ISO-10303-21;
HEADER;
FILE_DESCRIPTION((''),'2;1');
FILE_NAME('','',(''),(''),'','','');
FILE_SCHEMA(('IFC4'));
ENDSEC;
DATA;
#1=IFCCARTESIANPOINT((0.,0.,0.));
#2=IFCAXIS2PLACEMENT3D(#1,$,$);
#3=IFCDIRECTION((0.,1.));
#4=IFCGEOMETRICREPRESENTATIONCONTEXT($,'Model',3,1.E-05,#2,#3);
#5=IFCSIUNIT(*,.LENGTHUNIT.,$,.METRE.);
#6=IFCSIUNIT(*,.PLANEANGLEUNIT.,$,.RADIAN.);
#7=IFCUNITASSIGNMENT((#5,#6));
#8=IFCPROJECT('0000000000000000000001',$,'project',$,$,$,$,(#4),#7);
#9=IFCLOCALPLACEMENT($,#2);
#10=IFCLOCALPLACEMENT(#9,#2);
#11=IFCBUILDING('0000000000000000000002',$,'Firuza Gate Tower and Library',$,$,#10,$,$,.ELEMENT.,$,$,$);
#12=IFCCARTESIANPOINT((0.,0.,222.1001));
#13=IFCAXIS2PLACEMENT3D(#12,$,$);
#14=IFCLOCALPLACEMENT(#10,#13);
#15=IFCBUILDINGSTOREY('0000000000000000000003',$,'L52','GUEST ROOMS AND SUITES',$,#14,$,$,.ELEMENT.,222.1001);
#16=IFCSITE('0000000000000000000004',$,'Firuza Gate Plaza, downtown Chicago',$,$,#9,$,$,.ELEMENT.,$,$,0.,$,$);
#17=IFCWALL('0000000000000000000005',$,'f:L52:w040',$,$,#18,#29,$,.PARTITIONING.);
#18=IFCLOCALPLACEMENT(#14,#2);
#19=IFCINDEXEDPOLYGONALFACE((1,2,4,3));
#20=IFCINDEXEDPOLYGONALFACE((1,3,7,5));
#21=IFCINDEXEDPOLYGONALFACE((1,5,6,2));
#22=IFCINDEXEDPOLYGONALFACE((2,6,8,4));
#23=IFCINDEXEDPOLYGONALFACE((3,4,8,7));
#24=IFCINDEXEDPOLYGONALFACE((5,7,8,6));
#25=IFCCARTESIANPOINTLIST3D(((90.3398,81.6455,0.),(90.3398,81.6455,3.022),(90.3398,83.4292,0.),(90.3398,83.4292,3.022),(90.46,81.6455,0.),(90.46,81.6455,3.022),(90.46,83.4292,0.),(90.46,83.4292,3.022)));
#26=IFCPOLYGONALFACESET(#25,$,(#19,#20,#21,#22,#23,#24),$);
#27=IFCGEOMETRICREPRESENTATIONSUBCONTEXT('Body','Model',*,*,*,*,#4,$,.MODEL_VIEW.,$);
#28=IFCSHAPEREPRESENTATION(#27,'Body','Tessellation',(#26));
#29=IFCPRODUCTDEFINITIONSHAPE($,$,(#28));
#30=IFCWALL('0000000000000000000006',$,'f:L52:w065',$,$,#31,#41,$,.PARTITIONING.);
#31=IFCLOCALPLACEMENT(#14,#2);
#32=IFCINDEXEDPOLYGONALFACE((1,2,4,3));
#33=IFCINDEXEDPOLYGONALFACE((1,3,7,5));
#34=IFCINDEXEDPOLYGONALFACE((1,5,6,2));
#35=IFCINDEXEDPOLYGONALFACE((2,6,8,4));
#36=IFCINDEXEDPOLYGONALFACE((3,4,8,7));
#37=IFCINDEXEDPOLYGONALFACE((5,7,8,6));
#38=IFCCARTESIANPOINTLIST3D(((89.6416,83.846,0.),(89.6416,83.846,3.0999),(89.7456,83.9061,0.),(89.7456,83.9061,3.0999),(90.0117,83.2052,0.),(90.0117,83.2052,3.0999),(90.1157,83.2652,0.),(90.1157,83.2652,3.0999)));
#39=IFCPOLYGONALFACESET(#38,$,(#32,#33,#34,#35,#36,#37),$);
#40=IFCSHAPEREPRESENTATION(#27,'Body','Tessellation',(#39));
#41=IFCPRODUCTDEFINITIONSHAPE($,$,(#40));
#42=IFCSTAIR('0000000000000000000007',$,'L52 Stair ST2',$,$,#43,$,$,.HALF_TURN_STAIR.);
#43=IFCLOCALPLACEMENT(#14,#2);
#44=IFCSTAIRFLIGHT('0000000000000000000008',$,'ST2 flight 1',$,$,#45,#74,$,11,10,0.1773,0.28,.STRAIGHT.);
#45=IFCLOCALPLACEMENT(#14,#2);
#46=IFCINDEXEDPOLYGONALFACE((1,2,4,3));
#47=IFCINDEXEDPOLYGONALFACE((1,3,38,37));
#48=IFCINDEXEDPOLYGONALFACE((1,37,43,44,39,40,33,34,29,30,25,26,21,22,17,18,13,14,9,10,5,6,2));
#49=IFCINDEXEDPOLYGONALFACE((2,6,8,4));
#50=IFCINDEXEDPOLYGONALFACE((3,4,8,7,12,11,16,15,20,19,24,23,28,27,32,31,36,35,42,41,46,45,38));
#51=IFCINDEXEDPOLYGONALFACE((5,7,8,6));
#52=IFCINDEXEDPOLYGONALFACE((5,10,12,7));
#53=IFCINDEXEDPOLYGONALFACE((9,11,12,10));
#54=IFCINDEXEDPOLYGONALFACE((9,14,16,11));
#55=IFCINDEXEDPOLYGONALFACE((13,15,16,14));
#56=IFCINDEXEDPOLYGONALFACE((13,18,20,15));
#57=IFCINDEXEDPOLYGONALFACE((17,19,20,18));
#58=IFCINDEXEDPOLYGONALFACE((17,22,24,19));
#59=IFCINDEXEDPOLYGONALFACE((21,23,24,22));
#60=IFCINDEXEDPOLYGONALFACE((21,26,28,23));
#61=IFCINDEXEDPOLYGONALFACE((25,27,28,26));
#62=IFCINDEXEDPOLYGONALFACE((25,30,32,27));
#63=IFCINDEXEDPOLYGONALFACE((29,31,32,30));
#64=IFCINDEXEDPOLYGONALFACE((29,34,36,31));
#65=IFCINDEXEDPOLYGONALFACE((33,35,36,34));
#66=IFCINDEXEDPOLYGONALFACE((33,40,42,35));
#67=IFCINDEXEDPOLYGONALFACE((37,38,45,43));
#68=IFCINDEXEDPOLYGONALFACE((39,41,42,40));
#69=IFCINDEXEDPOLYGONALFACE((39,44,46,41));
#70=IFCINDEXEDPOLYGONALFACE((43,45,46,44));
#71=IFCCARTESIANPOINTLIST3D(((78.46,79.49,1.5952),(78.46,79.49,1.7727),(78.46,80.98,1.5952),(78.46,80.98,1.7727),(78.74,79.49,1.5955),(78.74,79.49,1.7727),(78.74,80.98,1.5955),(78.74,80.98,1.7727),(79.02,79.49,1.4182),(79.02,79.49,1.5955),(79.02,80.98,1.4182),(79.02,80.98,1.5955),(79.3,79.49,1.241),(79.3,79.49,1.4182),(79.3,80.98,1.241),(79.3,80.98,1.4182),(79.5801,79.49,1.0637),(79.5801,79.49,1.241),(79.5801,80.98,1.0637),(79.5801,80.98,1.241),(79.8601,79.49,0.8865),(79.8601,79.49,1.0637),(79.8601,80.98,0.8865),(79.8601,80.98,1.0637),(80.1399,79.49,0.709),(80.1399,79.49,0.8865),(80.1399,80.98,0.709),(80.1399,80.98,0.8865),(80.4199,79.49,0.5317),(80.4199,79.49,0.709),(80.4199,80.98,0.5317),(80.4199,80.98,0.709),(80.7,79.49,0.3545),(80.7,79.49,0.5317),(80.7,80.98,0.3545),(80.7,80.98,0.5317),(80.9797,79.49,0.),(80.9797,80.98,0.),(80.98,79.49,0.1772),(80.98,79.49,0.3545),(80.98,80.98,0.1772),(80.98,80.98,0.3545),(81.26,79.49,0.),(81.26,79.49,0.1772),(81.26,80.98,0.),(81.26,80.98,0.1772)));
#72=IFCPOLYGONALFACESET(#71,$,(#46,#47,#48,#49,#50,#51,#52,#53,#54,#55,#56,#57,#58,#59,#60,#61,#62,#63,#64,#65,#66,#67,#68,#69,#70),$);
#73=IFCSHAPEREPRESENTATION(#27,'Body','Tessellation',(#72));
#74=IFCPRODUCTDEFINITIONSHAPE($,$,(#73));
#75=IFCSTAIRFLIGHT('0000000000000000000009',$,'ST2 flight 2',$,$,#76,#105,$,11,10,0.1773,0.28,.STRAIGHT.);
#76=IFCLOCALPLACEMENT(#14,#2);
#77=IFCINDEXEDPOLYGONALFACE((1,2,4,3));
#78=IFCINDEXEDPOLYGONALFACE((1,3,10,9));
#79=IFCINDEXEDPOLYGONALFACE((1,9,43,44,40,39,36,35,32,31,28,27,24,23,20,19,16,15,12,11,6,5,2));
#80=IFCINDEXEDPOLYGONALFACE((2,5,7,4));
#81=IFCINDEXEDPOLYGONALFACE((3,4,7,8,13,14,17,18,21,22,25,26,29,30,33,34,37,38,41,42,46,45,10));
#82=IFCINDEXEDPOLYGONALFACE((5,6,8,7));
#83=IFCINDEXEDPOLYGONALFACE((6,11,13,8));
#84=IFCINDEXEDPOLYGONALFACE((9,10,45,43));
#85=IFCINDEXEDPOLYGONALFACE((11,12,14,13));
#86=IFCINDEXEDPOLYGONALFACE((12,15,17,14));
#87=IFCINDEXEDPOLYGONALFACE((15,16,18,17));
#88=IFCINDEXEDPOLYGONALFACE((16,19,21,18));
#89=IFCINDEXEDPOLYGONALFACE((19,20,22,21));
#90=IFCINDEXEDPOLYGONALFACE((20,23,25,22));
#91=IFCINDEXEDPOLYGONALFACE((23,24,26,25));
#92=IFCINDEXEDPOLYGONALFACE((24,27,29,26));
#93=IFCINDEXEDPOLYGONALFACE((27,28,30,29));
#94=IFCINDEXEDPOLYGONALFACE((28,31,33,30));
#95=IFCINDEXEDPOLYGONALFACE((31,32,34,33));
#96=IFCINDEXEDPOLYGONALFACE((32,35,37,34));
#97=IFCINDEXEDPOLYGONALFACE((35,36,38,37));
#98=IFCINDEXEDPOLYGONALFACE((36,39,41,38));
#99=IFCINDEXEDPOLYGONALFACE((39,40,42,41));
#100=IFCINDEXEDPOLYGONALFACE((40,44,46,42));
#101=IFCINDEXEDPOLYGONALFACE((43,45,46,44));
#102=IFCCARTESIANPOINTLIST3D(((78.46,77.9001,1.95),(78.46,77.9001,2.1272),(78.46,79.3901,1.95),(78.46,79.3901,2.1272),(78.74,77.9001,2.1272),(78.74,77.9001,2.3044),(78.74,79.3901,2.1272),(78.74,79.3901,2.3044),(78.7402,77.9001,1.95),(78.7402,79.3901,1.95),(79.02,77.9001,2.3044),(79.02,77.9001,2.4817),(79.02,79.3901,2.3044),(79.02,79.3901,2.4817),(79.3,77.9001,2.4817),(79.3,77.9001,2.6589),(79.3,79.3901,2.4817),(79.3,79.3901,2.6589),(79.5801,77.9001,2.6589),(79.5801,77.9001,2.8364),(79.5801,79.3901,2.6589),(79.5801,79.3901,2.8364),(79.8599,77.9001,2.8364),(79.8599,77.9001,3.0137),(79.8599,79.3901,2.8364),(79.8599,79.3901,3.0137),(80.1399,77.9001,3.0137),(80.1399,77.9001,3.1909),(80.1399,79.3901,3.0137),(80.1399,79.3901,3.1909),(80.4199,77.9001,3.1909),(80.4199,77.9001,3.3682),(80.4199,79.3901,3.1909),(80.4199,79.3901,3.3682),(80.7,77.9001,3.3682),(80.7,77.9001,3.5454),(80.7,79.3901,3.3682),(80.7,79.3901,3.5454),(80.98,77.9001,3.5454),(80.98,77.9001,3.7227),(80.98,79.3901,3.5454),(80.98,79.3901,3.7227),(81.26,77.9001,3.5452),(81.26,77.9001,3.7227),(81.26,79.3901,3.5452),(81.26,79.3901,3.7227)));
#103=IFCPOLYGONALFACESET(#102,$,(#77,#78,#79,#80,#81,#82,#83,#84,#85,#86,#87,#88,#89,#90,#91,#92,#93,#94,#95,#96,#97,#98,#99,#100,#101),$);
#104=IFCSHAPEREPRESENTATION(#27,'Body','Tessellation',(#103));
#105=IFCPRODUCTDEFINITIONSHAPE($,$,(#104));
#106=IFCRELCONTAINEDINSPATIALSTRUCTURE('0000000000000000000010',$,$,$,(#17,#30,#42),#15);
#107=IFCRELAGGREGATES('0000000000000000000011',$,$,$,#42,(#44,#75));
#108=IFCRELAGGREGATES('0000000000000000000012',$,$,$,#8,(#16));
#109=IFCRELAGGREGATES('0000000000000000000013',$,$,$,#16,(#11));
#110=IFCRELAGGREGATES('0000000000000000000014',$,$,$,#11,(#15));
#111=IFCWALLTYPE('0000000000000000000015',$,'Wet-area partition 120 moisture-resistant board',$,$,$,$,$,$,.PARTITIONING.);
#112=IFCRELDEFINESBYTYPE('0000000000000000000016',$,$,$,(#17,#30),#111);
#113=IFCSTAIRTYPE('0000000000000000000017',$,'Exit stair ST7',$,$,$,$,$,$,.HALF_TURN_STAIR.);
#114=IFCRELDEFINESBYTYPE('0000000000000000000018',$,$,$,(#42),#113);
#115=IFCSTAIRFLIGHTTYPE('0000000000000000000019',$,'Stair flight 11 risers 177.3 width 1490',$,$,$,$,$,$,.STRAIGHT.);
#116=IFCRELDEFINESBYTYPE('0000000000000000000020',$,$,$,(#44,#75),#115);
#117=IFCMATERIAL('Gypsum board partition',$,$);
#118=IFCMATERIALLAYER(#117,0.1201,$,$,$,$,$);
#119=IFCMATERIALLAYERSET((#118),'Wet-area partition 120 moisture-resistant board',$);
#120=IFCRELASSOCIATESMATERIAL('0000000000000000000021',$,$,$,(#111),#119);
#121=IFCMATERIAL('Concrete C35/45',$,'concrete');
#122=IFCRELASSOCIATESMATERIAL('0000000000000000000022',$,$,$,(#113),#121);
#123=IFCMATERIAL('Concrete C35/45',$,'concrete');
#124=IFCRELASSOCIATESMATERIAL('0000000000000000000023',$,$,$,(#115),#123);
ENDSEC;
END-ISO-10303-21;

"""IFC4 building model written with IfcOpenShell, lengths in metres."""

from ifc_helpers import new_model, si_unit, direction, frame, frame_2d, origin, place, context, subcontext, project, spatial, polyline, rectangle, outline, extrude, material, layer, layer_set, type_object, element, aggregate, save


model = new_model("IFC4")

# Units and contexts
model_context = context("Model", 3, precision=1e-05, world=origin(), true_north=direction((0.0, 1.0)))
body_context = subcontext(model_context, "Body", "Model", "MODEL_VIEW")
ifc_project = project(units=[si_unit("LENGTHUNIT", "METRE"), si_unit("PLANEANGLEUNIT", "RADIAN")], contexts=[model_context])

# Site, building, storey
site_placement = place(None, origin())
site = spatial("IfcSite", under=ifc_project, at=site_placement, Name="Firuza Gate Plaza, downtown Chicago", CompositionType="ELEMENT", RefElevation=0.0)
building_placement = place(site_placement, origin())
building = spatial("IfcBuilding", under=site, at=building_placement, Name="Firuza Gate Tower and Library", CompositionType="ELEMENT")
storey_placement = place(building_placement, frame((0.0, 0.0, 222.1001)))
storey = spatial("IfcBuildingStorey", under=building, at=storey_placement, Name="L52", Description="GUEST ROOMS AND SUITES", CompositionType="ELEMENT", Elevation=222.1001)

# Walls
ifc_material_1 = material(Name="Gypsum board partition")
ifc_layer_1 = layer(ifc_material_1, 0.1201)
ifc_layer_set_1 = layer_set([ifc_layer_1], Name="Wet-area partition 120 moisture-resistant board")
wall_type_1 = type_object("IfcWallType", Name="Wet-area partition 120 moisture-resistant board", PredefinedType="PARTITIONING", material=ifc_layer_set_1)
wall_1_placement = place(storey_placement, frame((90.3999, 81.6455, 0.0), z_axis=(0.0, 0.0, 1.0), x_axis=(0.0, 1.0, 0.0)))
element("IfcWall", 1, at=wall_1_placement, inside=storey, type_object=wall_type_1, Name="f:L52:w040", PredefinedType="PARTITIONING", context=body_context, shape_type="SweptSolid", body=[
    extrude(rectangle(XDim=1.7837, YDim=0.1201, at=frame_2d((0.8918, 0.0))), origin(), (0.0, 0.0, 1.0), 3.022),
])
wall_2_placement = place(storey_placement, frame((90.0637, 83.2351, 0.0), z_axis=(0.0, 0.0, 1.0), x_axis=(-0.500113, 0.86596, 0.0)))
element("IfcWall", 2, at=wall_2_placement, inside=storey, type_object=wall_type_1, Name="f:L52:w065", PredefinedType="PARTITIONING", context=body_context, shape_type="SweptSolid", body=[
    extrude(rectangle(XDim=0.74, YDim=0.1201, at=frame_2d((0.3701, 0.0))), origin(), (0.0, 0.0, 1.0), 3.0999),
])

# Stair, stair flights
ifc_material_2 = material(Name="Concrete C35/45", Category="concrete")
stair_type = type_object("IfcStairType", Name="Exit stair ST7", PredefinedType="HALF_TURN_STAIR", material=ifc_material_2)
stair_placement = place(storey_placement, origin())
stair = element("IfcStair", 3, at=stair_placement, inside=storey, type_object=stair_type, Name="L52 Stair ST2", PredefinedType="HALF_TURN_STAIR")
ifc_material_3 = material(Name="Concrete C35/45", Category="concrete")
stair_flight_type = type_object("IfcStairFlightType", Name="Stair flight 11 risers 177.3 width 1490", PredefinedType="STRAIGHT", material=ifc_material_3)
stair_flight_1_placement = place(storey_placement, frame((81.26, 80.2351, 0.0), z_axis=(0.0, 0.0, 1.0), x_axis=(-1.0, 0.0, 0.0)))
stair_flight_1 = element("IfcStairFlight", 4, at=stair_flight_1_placement, type_object=stair_flight_type, Name="ST2 flight 1", NumberOfRisers=11, NumberOfTreads=10, PredefinedType="STRAIGHT", RiserHeight=0.1773, TreadLength=0.28, context=body_context, shape_type="SweptSolid", body=[
    extrude(outline(polyline([(0.0, 0.0), (0.0, 0.1772), (0.28, 0.1772), (0.28, 0.3545), (0.5601, 0.3545), (0.5601, 0.5317), (0.8401, 0.5317), (0.8401, 0.709), (1.1201, 0.709), (1.1201, 0.8865), (1.3999, 0.8865), (1.3999, 1.0637), (1.6799, 1.0637), (1.6799, 1.241), (1.96, 1.241), (1.96, 1.4182), (2.24, 1.4182), (2.24, 1.5955), (2.52, 1.5955), (2.52, 1.7727), (2.8, 1.7727), (2.8, 1.95), (2.8, 1.5952), (0.2803, 0.0), (0.0, 0.0)])), frame((0.0, 0.7451, 0.0), z_axis=(0.0, -1.0, 0.0), x_axis=(1.0, 0.0, 0.0)), (0.0, 0.0, 1.0), 1.49),
])
stair_flight_2_placement = place(storey_placement, frame((78.46, 78.645, 1.95), z_axis=(0.0, 0.0, 1.0), x_axis=(1.0, 0.0, 0.0)))
stair_flight_2 = element("IfcStairFlight", 5, at=stair_flight_2_placement, type_object=stair_flight_type, Name="ST2 flight 2", NumberOfRisers=11, NumberOfTreads=10, PredefinedType="STRAIGHT", RiserHeight=0.1773, TreadLength=0.28, context=body_context, shape_type="SweptSolid", body=[
    extrude(outline(polyline([(0.0, 0.0), (0.0, 0.1772), (0.28, 0.1772), (0.28, 0.3545), (0.5601, 0.3545), (0.5601, 0.5317), (0.8401, 0.5317), (0.8401, 0.709), (1.1201, 0.709), (1.1201, 0.8865), (1.3999, 0.8865), (1.3999, 1.0637), (1.6799, 1.0637), (1.6799, 1.241), (1.96, 1.241), (1.96, 1.4182), (2.24, 1.4182), (2.24, 1.5955), (2.52, 1.5955), (2.52, 1.7727), (2.8, 1.7727), (2.8, 1.95), (2.8, 1.5952), (0.2803, 0.0), (0.0, 0.0)])), frame((0.0, 0.7451, 0.0), z_axis=(0.0, -1.0, 0.0), x_axis=(1.0, 0.0, 0.0)), (0.0, 0.0, 1.0), 1.49),
])
aggregate(stair, [stair_flight_1, stair_flight_2])

save(model, "model.ifc")
